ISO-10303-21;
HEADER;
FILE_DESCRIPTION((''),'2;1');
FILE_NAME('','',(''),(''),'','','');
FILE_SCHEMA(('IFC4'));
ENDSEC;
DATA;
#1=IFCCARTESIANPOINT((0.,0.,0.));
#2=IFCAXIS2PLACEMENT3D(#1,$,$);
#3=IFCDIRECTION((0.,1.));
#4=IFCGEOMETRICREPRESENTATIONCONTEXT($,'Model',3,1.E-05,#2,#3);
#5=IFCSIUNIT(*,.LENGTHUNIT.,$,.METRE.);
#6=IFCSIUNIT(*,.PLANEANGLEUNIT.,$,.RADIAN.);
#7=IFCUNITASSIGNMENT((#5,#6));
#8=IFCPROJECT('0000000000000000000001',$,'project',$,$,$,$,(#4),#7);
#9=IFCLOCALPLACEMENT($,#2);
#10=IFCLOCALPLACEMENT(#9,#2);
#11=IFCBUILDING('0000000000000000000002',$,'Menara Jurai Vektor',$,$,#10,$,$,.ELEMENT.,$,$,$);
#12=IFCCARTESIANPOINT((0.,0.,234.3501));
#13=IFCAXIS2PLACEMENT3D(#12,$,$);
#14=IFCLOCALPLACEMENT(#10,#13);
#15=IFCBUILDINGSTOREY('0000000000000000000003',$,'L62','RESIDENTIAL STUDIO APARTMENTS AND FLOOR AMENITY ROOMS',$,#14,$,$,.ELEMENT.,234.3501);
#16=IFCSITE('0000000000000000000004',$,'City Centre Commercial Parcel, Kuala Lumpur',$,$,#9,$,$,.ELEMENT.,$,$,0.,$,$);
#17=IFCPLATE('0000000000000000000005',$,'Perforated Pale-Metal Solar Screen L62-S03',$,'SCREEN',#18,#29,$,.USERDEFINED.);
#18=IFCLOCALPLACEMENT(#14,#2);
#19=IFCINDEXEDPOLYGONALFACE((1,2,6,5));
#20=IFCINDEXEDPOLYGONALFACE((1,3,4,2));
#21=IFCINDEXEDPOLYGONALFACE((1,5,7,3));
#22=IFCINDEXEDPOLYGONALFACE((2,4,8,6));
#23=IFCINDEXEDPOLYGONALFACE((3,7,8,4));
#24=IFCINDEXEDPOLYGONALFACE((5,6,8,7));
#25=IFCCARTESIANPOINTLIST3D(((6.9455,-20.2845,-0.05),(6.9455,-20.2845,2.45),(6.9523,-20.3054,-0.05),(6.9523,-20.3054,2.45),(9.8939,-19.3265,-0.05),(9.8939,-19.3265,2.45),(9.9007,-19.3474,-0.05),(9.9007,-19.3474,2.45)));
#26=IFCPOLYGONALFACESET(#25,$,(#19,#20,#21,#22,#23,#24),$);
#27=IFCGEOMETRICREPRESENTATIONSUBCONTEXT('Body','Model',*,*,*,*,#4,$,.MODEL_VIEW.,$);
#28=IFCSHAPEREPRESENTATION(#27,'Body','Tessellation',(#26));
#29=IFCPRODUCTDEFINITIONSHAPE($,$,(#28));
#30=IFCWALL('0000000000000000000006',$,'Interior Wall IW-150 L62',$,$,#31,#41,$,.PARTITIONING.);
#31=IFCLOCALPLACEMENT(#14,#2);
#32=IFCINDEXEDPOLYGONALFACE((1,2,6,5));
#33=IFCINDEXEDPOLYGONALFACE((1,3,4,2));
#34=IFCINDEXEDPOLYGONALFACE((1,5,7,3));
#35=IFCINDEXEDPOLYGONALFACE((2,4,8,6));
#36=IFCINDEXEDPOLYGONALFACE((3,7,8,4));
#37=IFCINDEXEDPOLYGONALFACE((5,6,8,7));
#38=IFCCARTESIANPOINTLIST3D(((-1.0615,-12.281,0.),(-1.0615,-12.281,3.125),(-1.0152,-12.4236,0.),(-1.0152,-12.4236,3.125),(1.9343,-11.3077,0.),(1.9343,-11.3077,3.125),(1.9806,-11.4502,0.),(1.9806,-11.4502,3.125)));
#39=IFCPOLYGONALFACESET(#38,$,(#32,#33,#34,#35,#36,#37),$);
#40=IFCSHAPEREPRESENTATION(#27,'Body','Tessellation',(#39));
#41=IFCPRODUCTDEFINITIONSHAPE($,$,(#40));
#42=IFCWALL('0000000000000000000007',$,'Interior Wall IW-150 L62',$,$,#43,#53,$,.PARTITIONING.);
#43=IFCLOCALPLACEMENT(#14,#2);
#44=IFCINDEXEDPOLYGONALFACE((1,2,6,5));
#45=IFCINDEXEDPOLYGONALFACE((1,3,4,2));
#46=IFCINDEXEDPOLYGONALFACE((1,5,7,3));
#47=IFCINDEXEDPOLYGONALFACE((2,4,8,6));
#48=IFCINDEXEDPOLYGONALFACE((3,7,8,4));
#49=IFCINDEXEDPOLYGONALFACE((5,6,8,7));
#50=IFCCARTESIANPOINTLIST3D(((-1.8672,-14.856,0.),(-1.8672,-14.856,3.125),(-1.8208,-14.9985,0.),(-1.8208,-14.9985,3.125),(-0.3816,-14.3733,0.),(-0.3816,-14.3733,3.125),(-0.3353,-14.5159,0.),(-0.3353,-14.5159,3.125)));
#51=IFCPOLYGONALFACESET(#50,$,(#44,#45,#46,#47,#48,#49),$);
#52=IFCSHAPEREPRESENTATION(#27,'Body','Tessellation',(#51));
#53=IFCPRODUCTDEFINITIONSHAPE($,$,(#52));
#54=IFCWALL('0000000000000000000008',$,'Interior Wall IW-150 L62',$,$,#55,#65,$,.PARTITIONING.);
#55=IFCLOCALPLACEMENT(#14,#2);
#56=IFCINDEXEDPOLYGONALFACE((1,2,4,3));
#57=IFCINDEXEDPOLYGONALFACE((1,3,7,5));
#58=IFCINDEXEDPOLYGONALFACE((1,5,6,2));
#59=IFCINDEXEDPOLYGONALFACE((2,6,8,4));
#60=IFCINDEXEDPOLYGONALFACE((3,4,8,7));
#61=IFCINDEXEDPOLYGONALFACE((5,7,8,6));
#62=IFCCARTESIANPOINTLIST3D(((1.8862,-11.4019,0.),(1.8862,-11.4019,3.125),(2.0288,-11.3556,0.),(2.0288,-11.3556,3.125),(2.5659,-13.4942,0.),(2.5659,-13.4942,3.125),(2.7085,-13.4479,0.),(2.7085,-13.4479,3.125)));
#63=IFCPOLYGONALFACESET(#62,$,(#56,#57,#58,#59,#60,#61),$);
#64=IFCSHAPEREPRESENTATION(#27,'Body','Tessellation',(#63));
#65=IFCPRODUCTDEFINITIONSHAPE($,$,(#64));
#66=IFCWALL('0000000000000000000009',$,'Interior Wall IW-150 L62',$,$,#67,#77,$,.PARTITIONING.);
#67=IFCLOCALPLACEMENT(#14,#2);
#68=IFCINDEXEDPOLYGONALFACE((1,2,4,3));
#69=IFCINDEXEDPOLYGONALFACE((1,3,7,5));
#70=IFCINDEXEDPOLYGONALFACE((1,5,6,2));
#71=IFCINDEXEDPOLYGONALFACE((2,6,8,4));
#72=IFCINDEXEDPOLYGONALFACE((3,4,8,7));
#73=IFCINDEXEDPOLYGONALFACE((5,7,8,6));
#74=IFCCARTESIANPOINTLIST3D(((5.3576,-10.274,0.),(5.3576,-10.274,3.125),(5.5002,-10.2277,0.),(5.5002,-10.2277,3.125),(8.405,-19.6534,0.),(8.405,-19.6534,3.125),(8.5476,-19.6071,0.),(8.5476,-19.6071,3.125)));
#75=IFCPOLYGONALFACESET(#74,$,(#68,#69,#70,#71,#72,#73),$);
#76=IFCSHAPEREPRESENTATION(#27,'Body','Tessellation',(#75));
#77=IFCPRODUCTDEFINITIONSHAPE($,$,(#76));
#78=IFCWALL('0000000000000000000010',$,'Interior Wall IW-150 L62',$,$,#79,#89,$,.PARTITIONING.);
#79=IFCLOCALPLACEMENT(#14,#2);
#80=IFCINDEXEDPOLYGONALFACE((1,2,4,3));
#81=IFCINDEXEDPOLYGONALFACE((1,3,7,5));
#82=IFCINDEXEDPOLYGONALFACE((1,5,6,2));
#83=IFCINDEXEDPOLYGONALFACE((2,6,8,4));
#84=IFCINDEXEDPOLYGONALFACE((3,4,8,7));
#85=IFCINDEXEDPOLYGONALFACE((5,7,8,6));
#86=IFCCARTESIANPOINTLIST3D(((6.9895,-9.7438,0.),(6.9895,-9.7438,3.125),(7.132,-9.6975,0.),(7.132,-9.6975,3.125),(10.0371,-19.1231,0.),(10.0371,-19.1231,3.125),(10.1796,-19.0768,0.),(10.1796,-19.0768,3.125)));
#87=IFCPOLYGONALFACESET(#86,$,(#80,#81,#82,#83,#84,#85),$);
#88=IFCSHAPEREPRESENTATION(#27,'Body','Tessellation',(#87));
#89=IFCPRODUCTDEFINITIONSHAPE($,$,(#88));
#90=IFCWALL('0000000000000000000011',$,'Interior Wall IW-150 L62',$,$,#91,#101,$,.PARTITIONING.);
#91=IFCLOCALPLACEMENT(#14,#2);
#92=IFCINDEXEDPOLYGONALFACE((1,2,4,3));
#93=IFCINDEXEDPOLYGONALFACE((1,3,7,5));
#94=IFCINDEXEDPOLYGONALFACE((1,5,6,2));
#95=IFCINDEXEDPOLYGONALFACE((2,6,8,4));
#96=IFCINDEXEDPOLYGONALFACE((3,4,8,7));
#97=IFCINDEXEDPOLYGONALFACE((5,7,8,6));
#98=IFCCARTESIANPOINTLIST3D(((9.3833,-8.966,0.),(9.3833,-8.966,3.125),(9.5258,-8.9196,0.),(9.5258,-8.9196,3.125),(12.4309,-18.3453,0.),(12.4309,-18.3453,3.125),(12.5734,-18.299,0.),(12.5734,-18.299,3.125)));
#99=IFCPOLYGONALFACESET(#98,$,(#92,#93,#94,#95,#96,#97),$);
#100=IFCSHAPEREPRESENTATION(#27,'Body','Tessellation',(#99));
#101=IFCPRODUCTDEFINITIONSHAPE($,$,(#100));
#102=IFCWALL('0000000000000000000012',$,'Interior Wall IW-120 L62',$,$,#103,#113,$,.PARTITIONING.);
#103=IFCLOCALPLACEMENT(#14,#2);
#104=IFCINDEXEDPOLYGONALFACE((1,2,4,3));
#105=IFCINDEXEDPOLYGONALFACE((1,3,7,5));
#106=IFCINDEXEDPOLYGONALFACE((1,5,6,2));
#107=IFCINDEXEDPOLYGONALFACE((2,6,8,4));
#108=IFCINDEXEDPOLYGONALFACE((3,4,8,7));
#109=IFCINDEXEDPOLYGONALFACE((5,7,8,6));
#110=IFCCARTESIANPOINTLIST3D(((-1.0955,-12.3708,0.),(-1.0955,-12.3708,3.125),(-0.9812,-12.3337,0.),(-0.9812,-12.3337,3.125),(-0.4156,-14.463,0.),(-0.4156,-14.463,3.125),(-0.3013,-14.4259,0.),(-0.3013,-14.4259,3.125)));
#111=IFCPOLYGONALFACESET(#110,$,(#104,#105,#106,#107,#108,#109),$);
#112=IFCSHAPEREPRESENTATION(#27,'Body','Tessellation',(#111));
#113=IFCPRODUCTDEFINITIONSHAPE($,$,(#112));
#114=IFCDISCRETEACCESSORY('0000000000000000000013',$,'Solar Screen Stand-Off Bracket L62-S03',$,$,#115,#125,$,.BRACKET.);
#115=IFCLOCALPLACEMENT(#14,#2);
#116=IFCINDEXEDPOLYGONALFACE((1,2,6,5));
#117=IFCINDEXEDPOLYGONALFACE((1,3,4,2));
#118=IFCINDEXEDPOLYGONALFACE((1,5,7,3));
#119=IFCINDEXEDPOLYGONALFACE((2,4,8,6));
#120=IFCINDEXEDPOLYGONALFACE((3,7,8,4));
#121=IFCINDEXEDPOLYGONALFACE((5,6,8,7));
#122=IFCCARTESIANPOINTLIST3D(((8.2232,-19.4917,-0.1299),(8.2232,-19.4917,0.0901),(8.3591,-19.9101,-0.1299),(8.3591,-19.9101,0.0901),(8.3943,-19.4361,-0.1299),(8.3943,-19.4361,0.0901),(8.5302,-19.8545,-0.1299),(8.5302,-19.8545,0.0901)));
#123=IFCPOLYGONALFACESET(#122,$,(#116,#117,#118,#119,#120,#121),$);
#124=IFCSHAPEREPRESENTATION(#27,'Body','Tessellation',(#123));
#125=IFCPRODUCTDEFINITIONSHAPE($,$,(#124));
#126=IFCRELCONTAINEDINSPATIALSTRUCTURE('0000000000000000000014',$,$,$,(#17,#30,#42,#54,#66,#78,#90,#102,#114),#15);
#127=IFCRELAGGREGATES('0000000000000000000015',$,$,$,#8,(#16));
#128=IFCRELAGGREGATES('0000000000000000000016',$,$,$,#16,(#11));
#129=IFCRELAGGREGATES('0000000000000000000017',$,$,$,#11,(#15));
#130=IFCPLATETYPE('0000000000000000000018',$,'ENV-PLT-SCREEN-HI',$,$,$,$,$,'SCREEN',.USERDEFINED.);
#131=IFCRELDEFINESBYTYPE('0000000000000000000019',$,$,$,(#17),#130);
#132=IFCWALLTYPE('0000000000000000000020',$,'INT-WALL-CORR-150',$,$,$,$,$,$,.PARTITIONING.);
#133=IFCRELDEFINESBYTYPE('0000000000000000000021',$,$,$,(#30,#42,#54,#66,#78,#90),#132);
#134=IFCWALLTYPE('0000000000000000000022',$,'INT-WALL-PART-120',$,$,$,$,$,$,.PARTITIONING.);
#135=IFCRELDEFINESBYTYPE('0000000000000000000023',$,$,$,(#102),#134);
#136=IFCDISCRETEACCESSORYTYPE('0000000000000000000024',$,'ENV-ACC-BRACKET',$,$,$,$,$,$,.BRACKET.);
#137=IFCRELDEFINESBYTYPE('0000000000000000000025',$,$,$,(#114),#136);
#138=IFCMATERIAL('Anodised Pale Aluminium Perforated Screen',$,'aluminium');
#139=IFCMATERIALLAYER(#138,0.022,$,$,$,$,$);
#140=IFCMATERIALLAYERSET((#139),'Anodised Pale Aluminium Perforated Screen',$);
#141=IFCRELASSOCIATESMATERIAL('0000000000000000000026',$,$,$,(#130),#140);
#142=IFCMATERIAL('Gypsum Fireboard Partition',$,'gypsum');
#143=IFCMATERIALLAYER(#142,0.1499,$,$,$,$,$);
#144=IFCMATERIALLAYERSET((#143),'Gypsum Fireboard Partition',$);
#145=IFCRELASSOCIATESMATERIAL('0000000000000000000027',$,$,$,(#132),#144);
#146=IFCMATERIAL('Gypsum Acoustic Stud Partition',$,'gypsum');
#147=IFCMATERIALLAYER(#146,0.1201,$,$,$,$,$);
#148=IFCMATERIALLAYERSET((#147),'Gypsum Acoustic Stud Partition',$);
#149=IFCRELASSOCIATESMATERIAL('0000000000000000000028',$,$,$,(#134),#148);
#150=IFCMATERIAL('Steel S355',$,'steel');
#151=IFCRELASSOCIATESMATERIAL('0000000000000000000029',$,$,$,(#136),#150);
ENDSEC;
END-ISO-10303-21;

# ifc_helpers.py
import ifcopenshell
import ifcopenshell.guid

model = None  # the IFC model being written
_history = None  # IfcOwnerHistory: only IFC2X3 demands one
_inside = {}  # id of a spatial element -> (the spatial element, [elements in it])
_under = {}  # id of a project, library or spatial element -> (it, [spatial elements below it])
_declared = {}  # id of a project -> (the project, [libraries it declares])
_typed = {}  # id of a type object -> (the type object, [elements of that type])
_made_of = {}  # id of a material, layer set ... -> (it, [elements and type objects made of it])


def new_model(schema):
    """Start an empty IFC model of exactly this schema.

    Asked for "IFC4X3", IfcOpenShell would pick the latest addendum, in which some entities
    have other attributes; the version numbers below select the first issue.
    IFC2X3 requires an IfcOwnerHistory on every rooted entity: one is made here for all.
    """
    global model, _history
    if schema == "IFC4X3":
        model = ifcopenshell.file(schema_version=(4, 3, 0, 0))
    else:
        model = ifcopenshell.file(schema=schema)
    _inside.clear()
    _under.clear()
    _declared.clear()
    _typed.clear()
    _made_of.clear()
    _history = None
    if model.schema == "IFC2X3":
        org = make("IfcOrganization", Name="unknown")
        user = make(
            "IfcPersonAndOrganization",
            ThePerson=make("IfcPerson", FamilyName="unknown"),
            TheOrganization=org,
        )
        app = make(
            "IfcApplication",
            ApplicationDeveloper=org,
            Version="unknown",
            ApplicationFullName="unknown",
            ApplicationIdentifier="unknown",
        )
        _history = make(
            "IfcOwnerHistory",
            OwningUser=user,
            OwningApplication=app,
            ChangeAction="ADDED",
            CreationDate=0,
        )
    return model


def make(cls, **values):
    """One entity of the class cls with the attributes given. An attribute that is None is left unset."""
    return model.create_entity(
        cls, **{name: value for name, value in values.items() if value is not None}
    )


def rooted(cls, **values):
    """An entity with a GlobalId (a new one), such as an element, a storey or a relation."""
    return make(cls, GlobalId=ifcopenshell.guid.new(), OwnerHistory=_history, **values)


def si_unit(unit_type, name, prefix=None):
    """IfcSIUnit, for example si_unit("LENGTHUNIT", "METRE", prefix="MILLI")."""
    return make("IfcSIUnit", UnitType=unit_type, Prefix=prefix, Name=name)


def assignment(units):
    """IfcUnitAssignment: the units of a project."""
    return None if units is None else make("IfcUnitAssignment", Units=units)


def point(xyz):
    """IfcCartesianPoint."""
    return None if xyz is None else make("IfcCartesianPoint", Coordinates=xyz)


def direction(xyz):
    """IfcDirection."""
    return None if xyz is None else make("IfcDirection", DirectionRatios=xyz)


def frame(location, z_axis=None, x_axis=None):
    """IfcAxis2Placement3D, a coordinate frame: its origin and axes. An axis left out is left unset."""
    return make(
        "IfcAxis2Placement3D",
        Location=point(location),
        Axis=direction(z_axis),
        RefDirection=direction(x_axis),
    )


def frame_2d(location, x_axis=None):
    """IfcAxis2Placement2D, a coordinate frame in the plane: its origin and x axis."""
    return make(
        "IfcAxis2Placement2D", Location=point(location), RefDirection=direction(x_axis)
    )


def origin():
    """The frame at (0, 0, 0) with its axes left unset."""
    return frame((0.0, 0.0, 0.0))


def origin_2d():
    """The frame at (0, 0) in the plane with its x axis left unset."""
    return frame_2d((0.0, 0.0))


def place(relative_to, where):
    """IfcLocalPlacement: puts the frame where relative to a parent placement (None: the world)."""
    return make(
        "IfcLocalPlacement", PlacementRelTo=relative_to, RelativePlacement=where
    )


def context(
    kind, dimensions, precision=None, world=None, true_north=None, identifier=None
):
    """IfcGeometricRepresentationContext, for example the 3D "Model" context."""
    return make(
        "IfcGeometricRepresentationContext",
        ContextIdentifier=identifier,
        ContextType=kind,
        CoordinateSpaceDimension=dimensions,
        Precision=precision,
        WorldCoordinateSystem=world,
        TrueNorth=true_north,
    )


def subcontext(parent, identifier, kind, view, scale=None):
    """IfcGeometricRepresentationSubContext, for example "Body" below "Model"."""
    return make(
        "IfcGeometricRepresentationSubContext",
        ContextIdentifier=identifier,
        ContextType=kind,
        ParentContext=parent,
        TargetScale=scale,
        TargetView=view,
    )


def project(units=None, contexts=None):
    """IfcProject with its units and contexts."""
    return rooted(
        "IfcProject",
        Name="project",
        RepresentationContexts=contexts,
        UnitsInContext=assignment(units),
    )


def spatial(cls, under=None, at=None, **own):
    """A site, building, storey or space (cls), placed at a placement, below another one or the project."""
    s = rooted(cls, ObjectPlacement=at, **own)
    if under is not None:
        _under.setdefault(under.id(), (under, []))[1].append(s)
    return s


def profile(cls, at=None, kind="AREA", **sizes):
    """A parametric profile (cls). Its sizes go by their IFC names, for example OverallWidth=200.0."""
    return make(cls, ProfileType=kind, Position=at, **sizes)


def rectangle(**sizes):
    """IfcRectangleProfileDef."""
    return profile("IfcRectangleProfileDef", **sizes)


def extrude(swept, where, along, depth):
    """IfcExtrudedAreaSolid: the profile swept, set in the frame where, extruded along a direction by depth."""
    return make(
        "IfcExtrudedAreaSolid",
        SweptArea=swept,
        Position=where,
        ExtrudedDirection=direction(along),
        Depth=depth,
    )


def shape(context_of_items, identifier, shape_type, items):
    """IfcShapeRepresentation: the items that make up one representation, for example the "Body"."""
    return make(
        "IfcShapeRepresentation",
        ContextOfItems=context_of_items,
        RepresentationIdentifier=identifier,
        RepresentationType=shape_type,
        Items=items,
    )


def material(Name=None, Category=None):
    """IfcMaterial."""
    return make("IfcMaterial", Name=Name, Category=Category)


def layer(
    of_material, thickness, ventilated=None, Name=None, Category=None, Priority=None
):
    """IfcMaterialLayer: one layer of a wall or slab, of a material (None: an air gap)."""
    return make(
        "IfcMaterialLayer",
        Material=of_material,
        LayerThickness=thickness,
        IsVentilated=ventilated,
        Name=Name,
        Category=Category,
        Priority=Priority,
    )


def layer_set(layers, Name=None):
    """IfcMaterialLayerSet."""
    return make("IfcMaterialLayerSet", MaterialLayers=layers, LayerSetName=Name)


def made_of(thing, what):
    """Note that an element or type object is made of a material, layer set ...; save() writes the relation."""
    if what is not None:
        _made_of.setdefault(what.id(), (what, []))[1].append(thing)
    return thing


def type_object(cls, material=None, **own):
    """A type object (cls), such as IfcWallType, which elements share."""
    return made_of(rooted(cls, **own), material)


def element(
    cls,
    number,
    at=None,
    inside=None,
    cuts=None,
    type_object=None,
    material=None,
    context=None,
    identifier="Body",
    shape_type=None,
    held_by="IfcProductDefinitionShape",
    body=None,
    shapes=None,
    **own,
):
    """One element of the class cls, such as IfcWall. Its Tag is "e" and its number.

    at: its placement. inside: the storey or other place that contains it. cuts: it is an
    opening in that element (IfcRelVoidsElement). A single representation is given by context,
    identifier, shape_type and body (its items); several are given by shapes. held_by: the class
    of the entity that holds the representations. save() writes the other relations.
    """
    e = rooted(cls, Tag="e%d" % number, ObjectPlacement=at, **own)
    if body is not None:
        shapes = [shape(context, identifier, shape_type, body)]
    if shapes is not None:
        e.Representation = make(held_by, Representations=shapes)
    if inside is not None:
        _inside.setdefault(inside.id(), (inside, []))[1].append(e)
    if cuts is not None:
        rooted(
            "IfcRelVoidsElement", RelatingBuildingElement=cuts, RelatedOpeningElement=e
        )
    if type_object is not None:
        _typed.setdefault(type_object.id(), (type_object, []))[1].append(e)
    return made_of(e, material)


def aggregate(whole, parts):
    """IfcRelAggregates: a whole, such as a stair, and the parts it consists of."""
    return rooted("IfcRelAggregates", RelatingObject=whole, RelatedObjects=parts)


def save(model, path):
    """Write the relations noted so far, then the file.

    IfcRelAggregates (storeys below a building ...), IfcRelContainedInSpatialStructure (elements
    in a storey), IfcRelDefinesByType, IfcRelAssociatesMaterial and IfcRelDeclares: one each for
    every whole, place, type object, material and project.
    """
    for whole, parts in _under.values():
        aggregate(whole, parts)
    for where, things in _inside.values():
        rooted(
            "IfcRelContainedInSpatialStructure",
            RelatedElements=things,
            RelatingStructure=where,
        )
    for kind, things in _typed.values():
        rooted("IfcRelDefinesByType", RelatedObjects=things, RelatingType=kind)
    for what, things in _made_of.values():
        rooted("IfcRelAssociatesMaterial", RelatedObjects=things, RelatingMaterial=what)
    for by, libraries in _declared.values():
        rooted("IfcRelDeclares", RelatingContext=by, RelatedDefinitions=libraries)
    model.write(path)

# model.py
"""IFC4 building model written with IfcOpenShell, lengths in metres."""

from ifc_helpers import new_model, si_unit, direction, frame, frame_2d, origin, origin_2d, place, context, subcontext, project, spatial, rectangle, extrude, material, layer, layer_set, type_object, element, save


model = new_model("IFC4")

# Units and contexts
model_context = context("Model", 3, precision=1e-05, world=origin(), true_north=direction((0.0, 1.0)))
body_context = subcontext(model_context, "Body", "Model", "MODEL_VIEW")
ifc_project = project(units=[si_unit("LENGTHUNIT", "METRE"), si_unit("PLANEANGLEUNIT", "RADIAN")], contexts=[model_context])

# Site, building, storey
site_placement = place(None, origin())
site = spatial("IfcSite", under=ifc_project, at=site_placement, Name="City Centre Commercial Parcel, Kuala Lumpur", CompositionType="ELEMENT", RefElevation=0.0)
building_placement = place(site_placement, origin())
building = spatial("IfcBuilding", under=site, at=building_placement, Name="Menara Jurai Vektor", CompositionType="ELEMENT")
storey_placement = place(building_placement, frame((0.0, 0.0, 234.3501)))
storey = spatial("IfcBuildingStorey", under=building, at=storey_placement, Name="L62", Description="RESIDENTIAL STUDIO APARTMENTS AND FLOOR AMENITY ROOMS", CompositionType="ELEMENT", Elevation=234.3501)

# Shared definitions
ifc_material_1 = material(Name="Steel S355", Category="steel")

# Plate
ifc_material_2 = material(Name="Anodised Pale Aluminium Perforated Screen", Category="aluminium")
ifc_layer_1 = layer(ifc_material_2, 0.022)
ifc_layer_set_1 = layer_set([ifc_layer_1], Name="Anodised Pale Aluminium Perforated Screen")
plate_type_1 = type_object("IfcPlateType", Name="ENV-PLT-SCREEN-HI", ElementType="SCREEN", PredefinedType="USERDEFINED", material=ifc_layer_set_1)
plate_1_placement = place(storey_placement, frame((8.4231, -19.8159, -0.05), z_axis=(0.0, 0.0, 1.0), x_axis=(0.951057, 0.309017, 0.0)))
element("IfcPlate", 1, at=plate_1_placement, inside=storey, type_object=plate_type_1, Name="Perforated Pale-Metal Solar Screen L62-S03", ObjectType="SCREEN", PredefinedType="USERDEFINED", context=body_context, shape_type="SweptSolid", body=[
    extrude(rectangle(XDim=3.1001, YDim=0.022, at=origin_2d()), origin(), (0.0, 0.0, 1.0), 2.5),
])

# Walls
ifc_material_3 = material(Name="Gypsum Fireboard Partition", Category="gypsum")
ifc_layer_2 = layer(ifc_material_3, 0.1499)
ifc_layer_set_2 = layer_set([ifc_layer_2], Name="Gypsum Fireboard Partition")
wall_type_1 = type_object("IfcWallType", Name="INT-WALL-CORR-150", PredefinedType="PARTITIONING", material=ifc_layer_set_2)
wall_1_placement = place(storey_placement, frame((-1.0383, -12.3523, 0.0), z_axis=(0.0, 0.0, 1.0), x_axis=(0.951059, 0.309011, 0.0)))
element("IfcWall", 2, at=wall_1_placement, inside=storey, type_object=wall_type_1, Name="Interior Wall IW-150 L62", PredefinedType="PARTITIONING", context=body_context, shape_type="SweptSolid", body=[
    extrude(rectangle(XDim=3.1499, YDim=0.1499, at=frame_2d((1.575, 0.0))), origin(), (0.0, 0.0, 1.0), 3.125),
])
wall_2_placement = place(storey_placement, frame((-1.844, -14.9272, 0.0), z_axis=(0.0, 0.0, 1.0), x_axis=(0.951063, 0.308998, 0.0)))
element("IfcWall", 3, at=wall_2_placement, inside=storey, type_object=wall_type_1, Name="Interior Wall IW-150 L62", PredefinedType="PARTITIONING", context=body_context, shape_type="SweptSolid", body=[
    extrude(rectangle(XDim=1.562, YDim=0.1499, at=frame_2d((0.781, 0.0))), origin(), (0.0, 0.0, 1.0), 3.125),
])

# Walls
wall_3_placement = place(storey_placement, frame((2.6372, -13.4712, 0.0), z_axis=(0.0, 0.0, 1.0), x_axis=(-0.308961, 0.951075, 0.0)))
element("IfcWall", 4, at=wall_3_placement, inside=storey, type_object=wall_type_1, Name="Interior Wall IW-150 L62", PredefinedType="PARTITIONING", context=body_context, shape_type="SweptSolid", body=[
    extrude(rectangle(XDim=2.2, YDim=0.1499, at=frame_2d((1.1001, 0.0))), origin(), (0.0, 0.0, 1.0), 3.125),
])
for number, where, z_axis, x_axis, name in (
    (5, (8.4763, -19.6304, 0.0), (0.0, 0.0, 1.0), (-0.309, 0.951062, 0.0), "Interior Wall IW-150 L62"),
    (6, (10.1084, -19.1001, 0.0), (0.0, 0.0, 1.0), (-0.309022, 0.951055, 0.0), "Interior Wall IW-150 L62"),
    (7, (12.5022, -18.3223, 0.0), (0.0, 0.0, 1.0), (-0.309022, 0.951055, 0.0), "Interior Wall IW-150 L62"),
):
    element("IfcWall", number, at=place(storey_placement, frame(where, z_axis=z_axis, x_axis=x_axis)), inside=storey, type_object=wall_type_1, Name=name, PredefinedType="PARTITIONING", context=body_context, shape_type="SweptSolid", body=[
        extrude(rectangle(XDim=9.8621, YDim=0.1499, at=frame_2d((4.9312, 0.0))), origin(), (0.0, 0.0, 1.0), 3.125),
    ])

# Wall
ifc_material_4 = material(Name="Gypsum Acoustic Stud Partition", Category="gypsum")
ifc_layer_3 = layer(ifc_material_4, 0.1201)
ifc_layer_set_3 = layer_set([ifc_layer_3], Name="Gypsum Acoustic Stud Partition")
wall_type_2 = type_object("IfcWallType", Name="INT-WALL-PART-120", PredefinedType="PARTITIONING", material=ifc_layer_set_3)
wall_4_placement = place(storey_placement, frame((-0.3584, -14.4446, 0.0), z_axis=(0.0, 0.0, 1.0), x_axis=(-0.309061, 0.951042, 0.0)))
element("IfcWall", 8, at=wall_4_placement, inside=storey, type_object=wall_type_2, Name="Interior Wall IW-120 L62", PredefinedType="PARTITIONING", context=body_context, shape_type="SweptSolid", body=[
    extrude(rectangle(XDim=2.2, YDim=0.1201, at=frame_2d((1.1001, 0.0))), origin(), (0.0, 0.0, 1.0), 3.125),
])

# Discrete accessory
discrete_accessory_type = type_object("IfcDiscreteAccessoryType", Name="ENV-ACC-BRACKET", PredefinedType="BRACKET", material=ifc_material_1)
discrete_accessory_placement = place(storey_placement, frame((8.3767, -19.6731, -0.1299), z_axis=(0.0, 0.0, 1.0), x_axis=(0.951057, 0.309017, 0.0)))
element("IfcDiscreteAccessory", 9, at=discrete_accessory_placement, inside=storey, type_object=discrete_accessory_type, Name="Solar Screen Stand-Off Bracket L62-S03", PredefinedType="BRACKET", context=body_context, shape_type="SweptSolid", body=[
    extrude(rectangle(XDim=0.1799, YDim=0.4399, at=origin_2d()), origin(), (0.0, 0.0, 1.0), 0.22),
])

save(model, "model.ifc")
